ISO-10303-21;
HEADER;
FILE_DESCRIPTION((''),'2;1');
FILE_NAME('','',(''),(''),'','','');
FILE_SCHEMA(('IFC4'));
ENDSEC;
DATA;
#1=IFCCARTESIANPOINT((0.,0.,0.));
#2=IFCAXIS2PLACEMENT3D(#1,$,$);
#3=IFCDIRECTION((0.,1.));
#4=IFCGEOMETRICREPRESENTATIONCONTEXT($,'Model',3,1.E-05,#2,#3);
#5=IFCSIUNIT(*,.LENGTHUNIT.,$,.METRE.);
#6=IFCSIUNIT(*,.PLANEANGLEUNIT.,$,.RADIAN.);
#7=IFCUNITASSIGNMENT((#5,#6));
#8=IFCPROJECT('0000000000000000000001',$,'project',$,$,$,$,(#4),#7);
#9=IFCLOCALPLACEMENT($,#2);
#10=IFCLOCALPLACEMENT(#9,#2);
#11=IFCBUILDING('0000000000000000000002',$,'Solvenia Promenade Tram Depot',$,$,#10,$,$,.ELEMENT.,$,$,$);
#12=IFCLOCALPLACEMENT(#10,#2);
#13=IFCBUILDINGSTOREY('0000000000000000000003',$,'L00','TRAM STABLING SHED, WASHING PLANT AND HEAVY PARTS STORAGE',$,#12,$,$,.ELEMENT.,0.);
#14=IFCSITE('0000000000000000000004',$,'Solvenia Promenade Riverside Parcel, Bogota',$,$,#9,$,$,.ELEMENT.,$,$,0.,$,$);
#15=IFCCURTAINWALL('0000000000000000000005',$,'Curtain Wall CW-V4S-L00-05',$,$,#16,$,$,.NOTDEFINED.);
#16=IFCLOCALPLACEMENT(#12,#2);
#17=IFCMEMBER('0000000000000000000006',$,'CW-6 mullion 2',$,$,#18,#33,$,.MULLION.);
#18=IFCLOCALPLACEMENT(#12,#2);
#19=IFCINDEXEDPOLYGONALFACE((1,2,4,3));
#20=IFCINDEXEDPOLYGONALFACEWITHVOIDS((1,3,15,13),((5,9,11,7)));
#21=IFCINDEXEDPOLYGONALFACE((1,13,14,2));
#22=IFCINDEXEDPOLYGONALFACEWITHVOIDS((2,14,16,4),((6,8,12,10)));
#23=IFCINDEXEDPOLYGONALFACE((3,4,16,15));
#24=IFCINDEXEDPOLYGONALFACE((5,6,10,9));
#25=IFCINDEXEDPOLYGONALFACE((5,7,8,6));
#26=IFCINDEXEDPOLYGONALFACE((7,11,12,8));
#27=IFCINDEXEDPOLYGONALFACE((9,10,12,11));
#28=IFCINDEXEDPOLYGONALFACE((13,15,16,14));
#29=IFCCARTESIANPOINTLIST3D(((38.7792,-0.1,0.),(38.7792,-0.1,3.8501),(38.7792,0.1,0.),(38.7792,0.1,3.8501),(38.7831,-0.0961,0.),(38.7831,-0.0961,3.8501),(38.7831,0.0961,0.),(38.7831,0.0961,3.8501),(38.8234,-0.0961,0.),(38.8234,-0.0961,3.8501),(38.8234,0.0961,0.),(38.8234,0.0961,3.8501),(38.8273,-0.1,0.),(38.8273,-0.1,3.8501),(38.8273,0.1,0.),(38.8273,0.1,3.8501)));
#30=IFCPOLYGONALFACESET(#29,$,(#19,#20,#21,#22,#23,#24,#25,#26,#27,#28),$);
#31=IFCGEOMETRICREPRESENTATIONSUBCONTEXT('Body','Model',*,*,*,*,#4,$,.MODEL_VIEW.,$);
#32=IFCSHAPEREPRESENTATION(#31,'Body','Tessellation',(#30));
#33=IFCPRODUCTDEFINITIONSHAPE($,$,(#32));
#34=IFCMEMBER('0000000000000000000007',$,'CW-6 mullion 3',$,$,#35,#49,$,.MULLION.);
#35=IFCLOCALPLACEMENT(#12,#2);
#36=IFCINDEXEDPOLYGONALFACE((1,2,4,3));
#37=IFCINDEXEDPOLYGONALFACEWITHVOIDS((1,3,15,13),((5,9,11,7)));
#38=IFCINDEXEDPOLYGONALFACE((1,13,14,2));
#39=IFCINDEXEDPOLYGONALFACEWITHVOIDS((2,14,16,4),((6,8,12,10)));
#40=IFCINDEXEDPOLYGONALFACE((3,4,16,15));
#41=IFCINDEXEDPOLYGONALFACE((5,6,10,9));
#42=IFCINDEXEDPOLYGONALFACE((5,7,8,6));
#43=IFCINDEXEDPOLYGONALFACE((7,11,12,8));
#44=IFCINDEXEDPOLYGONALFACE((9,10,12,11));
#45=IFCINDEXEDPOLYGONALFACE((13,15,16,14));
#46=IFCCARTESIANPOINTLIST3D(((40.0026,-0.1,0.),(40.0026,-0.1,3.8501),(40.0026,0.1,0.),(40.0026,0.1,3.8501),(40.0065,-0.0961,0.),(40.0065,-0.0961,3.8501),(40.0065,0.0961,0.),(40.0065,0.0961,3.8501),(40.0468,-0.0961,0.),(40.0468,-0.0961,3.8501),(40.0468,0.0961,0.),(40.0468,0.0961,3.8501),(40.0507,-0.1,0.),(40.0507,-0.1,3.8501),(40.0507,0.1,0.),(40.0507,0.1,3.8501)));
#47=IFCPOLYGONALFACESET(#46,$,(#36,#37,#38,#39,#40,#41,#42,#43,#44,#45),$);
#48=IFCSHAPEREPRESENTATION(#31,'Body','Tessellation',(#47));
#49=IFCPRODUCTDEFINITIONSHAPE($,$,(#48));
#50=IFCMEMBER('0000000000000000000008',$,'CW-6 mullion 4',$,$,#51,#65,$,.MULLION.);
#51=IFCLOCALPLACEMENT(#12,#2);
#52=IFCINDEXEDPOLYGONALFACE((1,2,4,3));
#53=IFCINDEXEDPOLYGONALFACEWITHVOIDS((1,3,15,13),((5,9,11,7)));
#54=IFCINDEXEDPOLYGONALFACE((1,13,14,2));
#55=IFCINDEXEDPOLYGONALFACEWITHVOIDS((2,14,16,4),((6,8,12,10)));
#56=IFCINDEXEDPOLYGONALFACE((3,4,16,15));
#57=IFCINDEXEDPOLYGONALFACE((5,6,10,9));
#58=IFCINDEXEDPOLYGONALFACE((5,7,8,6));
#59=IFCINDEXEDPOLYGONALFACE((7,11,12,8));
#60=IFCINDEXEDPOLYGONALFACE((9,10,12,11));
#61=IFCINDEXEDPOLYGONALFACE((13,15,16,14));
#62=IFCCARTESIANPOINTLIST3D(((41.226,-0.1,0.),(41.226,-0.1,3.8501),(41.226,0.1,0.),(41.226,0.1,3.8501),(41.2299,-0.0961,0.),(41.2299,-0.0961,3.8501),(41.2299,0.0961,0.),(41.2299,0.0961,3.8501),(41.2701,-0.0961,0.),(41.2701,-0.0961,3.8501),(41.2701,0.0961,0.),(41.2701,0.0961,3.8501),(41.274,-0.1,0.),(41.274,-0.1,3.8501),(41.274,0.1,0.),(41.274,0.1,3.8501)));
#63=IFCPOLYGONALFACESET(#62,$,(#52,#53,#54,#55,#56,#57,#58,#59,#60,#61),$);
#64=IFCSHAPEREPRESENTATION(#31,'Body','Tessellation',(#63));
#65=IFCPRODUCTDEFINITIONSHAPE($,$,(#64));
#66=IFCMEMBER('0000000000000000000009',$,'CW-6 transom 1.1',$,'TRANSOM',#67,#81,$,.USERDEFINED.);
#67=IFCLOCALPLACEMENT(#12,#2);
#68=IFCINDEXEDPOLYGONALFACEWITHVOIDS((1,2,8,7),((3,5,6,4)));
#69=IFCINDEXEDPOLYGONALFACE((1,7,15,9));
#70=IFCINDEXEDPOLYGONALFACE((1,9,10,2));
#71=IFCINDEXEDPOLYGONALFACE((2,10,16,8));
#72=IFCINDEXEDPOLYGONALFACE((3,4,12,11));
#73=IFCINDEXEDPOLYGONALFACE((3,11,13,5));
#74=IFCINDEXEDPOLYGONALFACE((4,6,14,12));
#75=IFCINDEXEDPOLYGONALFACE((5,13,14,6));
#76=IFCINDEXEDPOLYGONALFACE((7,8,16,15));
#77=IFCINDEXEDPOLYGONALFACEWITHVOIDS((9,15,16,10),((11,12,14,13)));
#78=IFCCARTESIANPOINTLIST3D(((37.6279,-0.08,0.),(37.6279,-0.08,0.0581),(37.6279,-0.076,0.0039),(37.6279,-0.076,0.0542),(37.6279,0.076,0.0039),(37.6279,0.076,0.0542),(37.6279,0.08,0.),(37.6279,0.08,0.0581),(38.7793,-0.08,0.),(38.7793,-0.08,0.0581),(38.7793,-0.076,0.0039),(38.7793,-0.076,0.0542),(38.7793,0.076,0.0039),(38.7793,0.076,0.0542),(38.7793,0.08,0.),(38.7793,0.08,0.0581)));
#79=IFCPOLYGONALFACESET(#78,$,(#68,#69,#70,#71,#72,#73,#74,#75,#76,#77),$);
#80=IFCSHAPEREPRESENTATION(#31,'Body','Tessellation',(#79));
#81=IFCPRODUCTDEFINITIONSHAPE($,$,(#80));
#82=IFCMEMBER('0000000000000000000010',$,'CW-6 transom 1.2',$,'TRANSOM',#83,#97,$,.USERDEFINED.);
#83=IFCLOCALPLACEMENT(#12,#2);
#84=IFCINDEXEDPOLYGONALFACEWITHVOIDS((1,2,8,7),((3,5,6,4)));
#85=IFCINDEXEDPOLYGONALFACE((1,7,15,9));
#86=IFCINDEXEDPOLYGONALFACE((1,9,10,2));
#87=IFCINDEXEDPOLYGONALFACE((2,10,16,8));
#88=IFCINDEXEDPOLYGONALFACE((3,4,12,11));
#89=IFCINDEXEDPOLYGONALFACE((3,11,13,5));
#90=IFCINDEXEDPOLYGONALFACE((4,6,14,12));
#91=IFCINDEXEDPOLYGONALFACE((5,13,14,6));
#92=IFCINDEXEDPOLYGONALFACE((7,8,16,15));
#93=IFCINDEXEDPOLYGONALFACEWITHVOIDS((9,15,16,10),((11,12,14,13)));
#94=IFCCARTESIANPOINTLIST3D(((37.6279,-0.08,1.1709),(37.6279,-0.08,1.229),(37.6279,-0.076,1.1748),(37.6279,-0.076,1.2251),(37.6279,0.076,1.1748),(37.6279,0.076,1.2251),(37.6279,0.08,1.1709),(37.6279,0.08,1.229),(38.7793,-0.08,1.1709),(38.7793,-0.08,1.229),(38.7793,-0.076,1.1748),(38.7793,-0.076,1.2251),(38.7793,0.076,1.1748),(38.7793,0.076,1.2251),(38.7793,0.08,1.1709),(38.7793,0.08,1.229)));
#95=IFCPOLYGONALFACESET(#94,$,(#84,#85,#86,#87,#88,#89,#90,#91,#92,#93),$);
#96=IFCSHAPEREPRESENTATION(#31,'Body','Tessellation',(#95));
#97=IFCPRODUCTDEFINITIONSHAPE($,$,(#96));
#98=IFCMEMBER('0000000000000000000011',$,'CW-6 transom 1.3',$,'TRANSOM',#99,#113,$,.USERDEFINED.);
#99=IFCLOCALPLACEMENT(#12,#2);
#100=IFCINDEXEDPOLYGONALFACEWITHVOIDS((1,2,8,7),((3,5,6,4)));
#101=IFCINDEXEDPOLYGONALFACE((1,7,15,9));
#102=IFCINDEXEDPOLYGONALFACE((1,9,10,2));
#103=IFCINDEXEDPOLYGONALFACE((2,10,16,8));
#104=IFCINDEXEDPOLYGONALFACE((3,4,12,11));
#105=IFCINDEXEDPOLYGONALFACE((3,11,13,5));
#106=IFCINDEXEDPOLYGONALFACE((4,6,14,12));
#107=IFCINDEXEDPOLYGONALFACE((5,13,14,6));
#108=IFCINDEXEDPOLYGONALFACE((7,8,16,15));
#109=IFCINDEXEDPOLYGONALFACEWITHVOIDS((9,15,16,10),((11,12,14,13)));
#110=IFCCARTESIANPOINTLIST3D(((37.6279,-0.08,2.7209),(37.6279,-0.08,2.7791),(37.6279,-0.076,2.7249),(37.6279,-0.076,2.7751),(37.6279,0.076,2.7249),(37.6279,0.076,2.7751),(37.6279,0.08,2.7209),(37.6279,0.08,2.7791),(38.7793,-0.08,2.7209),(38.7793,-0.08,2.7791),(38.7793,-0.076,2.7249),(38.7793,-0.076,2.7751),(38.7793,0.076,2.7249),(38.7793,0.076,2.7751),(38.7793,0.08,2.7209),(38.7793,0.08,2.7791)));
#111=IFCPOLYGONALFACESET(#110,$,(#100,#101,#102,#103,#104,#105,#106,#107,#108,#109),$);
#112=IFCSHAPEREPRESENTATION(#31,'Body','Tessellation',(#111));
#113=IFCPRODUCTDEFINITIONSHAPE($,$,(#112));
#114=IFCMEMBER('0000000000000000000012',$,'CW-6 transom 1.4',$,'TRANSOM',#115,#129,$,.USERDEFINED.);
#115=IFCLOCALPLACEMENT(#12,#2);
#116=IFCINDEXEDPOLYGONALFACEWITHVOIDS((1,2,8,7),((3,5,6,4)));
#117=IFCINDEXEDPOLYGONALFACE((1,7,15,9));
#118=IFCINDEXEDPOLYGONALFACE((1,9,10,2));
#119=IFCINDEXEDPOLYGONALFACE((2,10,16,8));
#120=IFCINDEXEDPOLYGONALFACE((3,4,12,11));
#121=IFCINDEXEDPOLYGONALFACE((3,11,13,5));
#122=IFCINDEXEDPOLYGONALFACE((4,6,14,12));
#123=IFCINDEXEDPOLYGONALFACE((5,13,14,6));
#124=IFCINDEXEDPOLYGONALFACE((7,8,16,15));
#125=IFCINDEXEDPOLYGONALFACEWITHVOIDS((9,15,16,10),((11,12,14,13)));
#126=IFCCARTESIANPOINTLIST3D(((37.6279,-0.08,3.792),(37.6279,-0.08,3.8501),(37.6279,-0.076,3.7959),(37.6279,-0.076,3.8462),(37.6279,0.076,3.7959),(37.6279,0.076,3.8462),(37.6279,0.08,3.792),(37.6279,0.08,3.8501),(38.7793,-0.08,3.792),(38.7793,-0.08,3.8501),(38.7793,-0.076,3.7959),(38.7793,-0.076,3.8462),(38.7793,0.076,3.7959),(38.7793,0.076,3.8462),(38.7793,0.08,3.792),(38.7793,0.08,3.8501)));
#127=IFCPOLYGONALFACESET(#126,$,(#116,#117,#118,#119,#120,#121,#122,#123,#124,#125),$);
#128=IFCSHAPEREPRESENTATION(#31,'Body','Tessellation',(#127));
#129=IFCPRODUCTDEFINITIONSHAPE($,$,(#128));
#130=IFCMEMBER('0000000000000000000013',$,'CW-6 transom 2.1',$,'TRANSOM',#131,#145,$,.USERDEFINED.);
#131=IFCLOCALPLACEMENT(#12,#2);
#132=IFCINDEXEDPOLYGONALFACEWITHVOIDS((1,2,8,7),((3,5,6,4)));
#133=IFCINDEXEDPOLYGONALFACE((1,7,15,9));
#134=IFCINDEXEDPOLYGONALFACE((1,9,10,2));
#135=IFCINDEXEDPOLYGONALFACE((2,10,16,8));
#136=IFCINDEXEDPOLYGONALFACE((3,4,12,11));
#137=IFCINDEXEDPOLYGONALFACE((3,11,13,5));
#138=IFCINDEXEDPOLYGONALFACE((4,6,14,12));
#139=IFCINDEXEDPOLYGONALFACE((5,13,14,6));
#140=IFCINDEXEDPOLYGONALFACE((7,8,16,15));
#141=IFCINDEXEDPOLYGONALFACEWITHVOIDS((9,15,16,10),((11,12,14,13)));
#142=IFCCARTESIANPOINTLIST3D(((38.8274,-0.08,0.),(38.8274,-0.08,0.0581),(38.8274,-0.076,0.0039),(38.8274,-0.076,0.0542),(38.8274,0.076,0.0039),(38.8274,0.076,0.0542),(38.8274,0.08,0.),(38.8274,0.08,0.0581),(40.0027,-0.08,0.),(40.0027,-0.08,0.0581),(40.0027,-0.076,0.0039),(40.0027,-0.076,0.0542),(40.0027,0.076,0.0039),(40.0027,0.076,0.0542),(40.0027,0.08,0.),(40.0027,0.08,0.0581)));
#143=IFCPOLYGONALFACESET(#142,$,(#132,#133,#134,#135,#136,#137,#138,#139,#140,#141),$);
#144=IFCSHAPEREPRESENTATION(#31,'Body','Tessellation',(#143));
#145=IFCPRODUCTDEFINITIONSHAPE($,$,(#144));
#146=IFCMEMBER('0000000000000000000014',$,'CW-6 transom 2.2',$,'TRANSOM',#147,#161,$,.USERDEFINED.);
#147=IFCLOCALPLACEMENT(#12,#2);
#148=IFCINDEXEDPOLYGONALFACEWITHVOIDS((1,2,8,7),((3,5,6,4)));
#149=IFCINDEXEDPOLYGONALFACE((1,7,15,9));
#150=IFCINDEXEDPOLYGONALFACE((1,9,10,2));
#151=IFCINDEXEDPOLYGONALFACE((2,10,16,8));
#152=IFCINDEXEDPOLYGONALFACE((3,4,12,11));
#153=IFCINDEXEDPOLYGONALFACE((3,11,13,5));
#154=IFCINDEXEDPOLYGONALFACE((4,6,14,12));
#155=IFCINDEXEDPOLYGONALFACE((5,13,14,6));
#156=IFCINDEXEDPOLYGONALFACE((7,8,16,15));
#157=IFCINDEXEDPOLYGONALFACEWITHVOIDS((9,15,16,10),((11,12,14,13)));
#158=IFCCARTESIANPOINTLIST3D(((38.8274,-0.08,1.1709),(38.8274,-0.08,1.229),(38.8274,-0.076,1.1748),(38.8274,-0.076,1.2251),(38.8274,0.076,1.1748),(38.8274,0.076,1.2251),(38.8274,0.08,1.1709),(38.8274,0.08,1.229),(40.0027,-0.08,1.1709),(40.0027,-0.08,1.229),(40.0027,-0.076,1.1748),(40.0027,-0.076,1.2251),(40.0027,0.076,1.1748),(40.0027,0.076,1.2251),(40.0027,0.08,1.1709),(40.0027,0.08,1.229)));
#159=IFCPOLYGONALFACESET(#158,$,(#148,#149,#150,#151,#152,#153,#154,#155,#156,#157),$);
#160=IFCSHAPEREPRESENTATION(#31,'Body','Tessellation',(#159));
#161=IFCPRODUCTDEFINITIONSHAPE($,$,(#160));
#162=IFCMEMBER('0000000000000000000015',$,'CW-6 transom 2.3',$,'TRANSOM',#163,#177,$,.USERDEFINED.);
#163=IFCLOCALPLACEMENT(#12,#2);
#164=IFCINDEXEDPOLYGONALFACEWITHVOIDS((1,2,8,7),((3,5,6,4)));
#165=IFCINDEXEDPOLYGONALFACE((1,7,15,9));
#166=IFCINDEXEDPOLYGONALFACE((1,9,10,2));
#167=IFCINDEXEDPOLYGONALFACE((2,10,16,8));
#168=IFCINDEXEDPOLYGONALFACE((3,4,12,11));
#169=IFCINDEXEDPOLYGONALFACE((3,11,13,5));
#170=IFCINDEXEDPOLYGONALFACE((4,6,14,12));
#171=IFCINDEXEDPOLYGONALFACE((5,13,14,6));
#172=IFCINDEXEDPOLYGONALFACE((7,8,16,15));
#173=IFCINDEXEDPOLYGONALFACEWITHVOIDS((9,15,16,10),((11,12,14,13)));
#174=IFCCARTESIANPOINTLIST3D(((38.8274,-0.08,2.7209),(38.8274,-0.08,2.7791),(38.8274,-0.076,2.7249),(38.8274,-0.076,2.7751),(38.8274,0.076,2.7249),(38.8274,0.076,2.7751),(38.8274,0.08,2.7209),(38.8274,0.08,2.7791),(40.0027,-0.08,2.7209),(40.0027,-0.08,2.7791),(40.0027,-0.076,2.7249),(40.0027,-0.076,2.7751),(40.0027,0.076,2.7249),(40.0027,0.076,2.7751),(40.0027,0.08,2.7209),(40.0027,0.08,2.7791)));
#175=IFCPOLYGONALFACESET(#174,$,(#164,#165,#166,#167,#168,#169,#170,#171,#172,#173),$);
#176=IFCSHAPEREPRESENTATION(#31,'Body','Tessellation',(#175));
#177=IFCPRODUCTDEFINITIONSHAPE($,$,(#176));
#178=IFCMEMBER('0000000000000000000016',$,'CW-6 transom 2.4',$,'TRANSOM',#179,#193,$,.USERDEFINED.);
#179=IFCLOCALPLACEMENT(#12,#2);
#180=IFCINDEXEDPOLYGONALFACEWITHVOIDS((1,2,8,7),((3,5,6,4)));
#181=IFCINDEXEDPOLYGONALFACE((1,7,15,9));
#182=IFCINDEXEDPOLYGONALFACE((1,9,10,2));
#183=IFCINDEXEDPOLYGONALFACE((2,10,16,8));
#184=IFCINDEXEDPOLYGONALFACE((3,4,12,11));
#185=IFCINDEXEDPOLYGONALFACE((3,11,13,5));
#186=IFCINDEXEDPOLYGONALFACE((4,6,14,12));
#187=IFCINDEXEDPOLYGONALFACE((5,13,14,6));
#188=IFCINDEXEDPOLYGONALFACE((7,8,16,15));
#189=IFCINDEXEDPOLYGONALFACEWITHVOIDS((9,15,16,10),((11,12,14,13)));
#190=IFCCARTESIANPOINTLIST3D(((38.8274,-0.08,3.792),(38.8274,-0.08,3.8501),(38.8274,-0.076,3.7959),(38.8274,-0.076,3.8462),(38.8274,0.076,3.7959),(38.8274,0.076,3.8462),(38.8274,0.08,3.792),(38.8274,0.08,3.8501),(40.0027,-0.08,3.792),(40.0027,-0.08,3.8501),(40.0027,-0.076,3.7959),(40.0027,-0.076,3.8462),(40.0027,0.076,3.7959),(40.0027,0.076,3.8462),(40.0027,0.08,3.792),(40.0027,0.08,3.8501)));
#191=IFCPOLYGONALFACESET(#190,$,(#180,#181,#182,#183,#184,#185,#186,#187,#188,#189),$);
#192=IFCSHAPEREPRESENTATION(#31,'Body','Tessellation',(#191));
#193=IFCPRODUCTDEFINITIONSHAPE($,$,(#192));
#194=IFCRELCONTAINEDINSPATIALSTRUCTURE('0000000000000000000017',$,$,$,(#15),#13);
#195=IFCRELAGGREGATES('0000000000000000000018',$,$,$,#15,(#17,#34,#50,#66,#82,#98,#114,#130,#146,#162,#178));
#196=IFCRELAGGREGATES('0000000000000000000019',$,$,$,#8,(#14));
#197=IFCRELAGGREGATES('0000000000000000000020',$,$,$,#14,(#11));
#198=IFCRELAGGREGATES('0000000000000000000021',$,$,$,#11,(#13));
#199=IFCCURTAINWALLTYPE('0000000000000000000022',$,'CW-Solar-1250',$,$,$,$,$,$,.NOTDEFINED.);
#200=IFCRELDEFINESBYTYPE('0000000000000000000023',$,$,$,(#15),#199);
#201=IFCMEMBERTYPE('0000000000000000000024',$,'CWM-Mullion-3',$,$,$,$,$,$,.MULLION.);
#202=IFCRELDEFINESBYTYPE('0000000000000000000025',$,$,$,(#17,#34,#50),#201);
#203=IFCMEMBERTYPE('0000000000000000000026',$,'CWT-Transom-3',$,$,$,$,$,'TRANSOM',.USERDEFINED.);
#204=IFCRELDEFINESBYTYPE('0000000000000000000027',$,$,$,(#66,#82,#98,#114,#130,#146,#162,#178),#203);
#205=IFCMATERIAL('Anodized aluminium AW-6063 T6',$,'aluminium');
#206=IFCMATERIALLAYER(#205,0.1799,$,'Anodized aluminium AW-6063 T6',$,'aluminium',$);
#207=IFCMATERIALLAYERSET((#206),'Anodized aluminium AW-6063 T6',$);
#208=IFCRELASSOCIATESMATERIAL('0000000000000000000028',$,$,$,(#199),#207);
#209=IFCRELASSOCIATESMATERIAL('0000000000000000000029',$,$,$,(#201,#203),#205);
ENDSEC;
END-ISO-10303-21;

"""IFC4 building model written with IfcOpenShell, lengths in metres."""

from ifc_helpers import new_model, si_unit, direction, frame, origin, origin_2d, place, context, subcontext, project, spatial, hollow_rectangle, extrude, material, layer, layer_set, material_profile, profile_set, type_object, element, aggregate, save


model = new_model("IFC4")

# Units and contexts
model_context = context("Model", 3, precision=1e-05, world=origin(), true_north=direction((0.0, 1.0)))
body_context = subcontext(model_context, "Body", "Model", "MODEL_VIEW")
ifc_project = project(units=[si_unit("LENGTHUNIT", "METRE"), si_unit("PLANEANGLEUNIT", "RADIAN")], contexts=[model_context])

# Site, building, storey
site_placement = place(None, origin())
site = spatial("IfcSite", under=ifc_project, at=site_placement, Name="Solvenia Promenade Riverside Parcel, Bogota", CompositionType="ELEMENT", RefElevation=0.0)
building_placement = place(site_placement, origin())
building = spatial("IfcBuilding", under=site, at=building_placement, Name="Solvenia Promenade Tram Depot", CompositionType="ELEMENT")
storey_placement = place(building_placement, origin())
storey = spatial("IfcBuildingStorey", under=building, at=storey_placement, Name="L00", Description="TRAM STABLING SHED, WASHING PLANT AND HEAVY PARTS STORAGE", CompositionType="ELEMENT", Elevation=0.0)

# Curtain wall, members
ifc_material_1 = material(Name="Anodized aluminium AW-6063 T6", Category="aluminium")
ifc_layer_1 = layer(ifc_material_1, 0.1799, Name="Anodized aluminium AW-6063 T6", Category="aluminium")
ifc_layer_set_1 = layer_set([ifc_layer_1], Name="Anodized aluminium AW-6063 T6")
curtain_wall_type = type_object("IfcCurtainWallType", Name="CW-Solar-1250", PredefinedType="NOTDEFINED", material=ifc_layer_set_1)
curtain_wall_placement = place(storey_placement, origin())
curtain_wall = element("IfcCurtainWall", 1, at=curtain_wall_placement, inside=storey, type_object=curtain_wall_type, Name="Curtain Wall CW-V4S-L00-05", PredefinedType="NOTDEFINED")
ifc_material_profile_1 = material_profile(ifc_material_1, hollow_rectangle(XDim=0.2, YDim=0.0481, WallThickness=0.0039, at=origin_2d()), Name="ALU-M3", Category="aluminium")
ifc_profile_set_1 = profile_set([ifc_material_profile_1], Name="Anodized aluminium AW-6063 T6")
member_type_1 = type_object("IfcMemberType", Name="CWM-Mullion-3", PredefinedType="MULLION", material=ifc_profile_set_1)
member_1_placement = place(storey_placement, frame((38.8032, 0.0, 0.0), z_axis=(0.0, 0.0, 1.0), x_axis=(0.0, 1.0, 0.0)))
member_1 = element("IfcMember", 2, at=member_1_placement, type_object=member_type_1, Name="CW-6 mullion 2", PredefinedType="MULLION", context=body_context, shape_type="SweptSolid", body=[
    extrude(hollow_rectangle(XDim=0.2, YDim=0.0481, WallThickness=0.0039, at=origin_2d()), origin(), (0.0, 0.0, 1.0), 3.8501),
])
member_2_placement = place(storey_placement, frame((40.0266, 0.0, 0.0), z_axis=(0.0, 0.0, 1.0), x_axis=(0.0, 1.0, 0.0)))
member_2 = element("IfcMember", 3, at=member_2_placement, type_object=member_type_1, Name="CW-6 mullion 3", PredefinedType="MULLION", context=body_context, shape_type="SweptSolid", body=[
    extrude(hollow_rectangle(XDim=0.2, YDim=0.0481, WallThickness=0.0039, at=origin_2d()), origin(), (0.0, 0.0, 1.0), 3.8501),
])
member_3_placement = place(storey_placement, frame((41.25, 0.0, 0.0), z_axis=(0.0, 0.0, 1.0), x_axis=(0.0, 1.0, 0.0)))
member_3 = element("IfcMember", 4, at=member_3_placement, type_object=member_type_1, Name="CW-6 mullion 4", PredefinedType="MULLION", context=body_context, shape_type="SweptSolid", body=[
    extrude(hollow_rectangle(XDim=0.2, YDim=0.0481, WallThickness=0.0039, at=origin_2d()), origin(), (0.0, 0.0, 1.0), 3.8501),
])
ifc_material_profile_2 = material_profile(ifc_material_1, hollow_rectangle(XDim=0.1599, YDim=0.0581, WallThickness=0.0039, at=origin_2d()), Name="ALU-T3", Category="aluminium")
ifc_profile_set_2 = profile_set([ifc_material_profile_2], Name="Anodized aluminium AW-6063 T6")
member_type_2 = type_object("IfcMemberType", Name="CWT-Transom-3", ElementType="TRANSOM", PredefinedType="USERDEFINED", material=ifc_profile_set_2)
member_4_placement = place(storey_placement, frame((37.6279, 0.0, 0.0291), z_axis=(1.0, 0.0, 0.0), x_axis=(0.0, 1.0, 0.0)))
member_4 = element("IfcMember", 5, at=member_4_placement, type_object=member_type_2, Name="CW-6 transom 1.1", ObjectType="TRANSOM", PredefinedType="USERDEFINED", context=body_context, shape_type="SweptSolid", body=[
    extrude(hollow_rectangle(XDim=0.1599, YDim=0.0581, WallThickness=0.0039, at=origin_2d()), origin(), (0.0, 0.0, 1.0), 1.1514),
])
member_5_placement = place(storey_placement, frame((37.6279, 0.0, 1.2), z_axis=(1.0, 0.0, 0.0), x_axis=(0.0, 1.0, 0.0)))
member_5 = element("IfcMember", 6, at=member_5_placement, type_object=member_type_2, Name="CW-6 transom 1.2", ObjectType="TRANSOM", PredefinedType="USERDEFINED", context=body_context, shape_type="SweptSolid", body=[
    extrude(hollow_rectangle(XDim=0.1599, YDim=0.0581, WallThickness=0.0039, at=origin_2d()), origin(), (0.0, 0.0, 1.0), 1.1514),
])
member_6_placement = place(storey_placement, frame((37.6279, 0.0, 2.75), z_axis=(1.0, 0.0, 0.0), x_axis=(0.0, 1.0, 0.0)))
member_6 = element("IfcMember", 7, at=member_6_placement, type_object=member_type_2, Name="CW-6 transom 1.3", ObjectType="TRANSOM", PredefinedType="USERDEFINED", context=body_context, shape_type="SweptSolid", body=[
    extrude(hollow_rectangle(XDim=0.1599, YDim=0.0581, WallThickness=0.0039, at=origin_2d()), origin(), (0.0, 0.0, 1.0), 1.1514),
])
member_7_placement = place(storey_placement, frame((37.6279, 0.0, 3.821), z_axis=(1.0, 0.0, 0.0), x_axis=(0.0, 1.0, 0.0)))
member_7 = element("IfcMember", 8, at=member_7_placement, type_object=member_type_2, Name="CW-6 transom 1.4", ObjectType="TRANSOM", PredefinedType="USERDEFINED", context=body_context, shape_type="SweptSolid", body=[
    extrude(hollow_rectangle(XDim=0.1599, YDim=0.0581, WallThickness=0.0039, at=origin_2d()), origin(), (0.0, 0.0, 1.0), 1.1514),
])
member_8_placement = place(storey_placement, frame((38.8274, 0.0, 0.0291), z_axis=(1.0, 0.0, 0.0), x_axis=(0.0, 1.0, 0.0)))
member_8 = element("IfcMember", 9, at=member_8_placement, type_object=member_type_2, Name="CW-6 transom 2.1", ObjectType="TRANSOM", PredefinedType="USERDEFINED", context=body_context, shape_type="SweptSolid", body=[
    extrude(hollow_rectangle(XDim=0.1599, YDim=0.0581, WallThickness=0.0039, at=origin_2d()), origin(), (0.0, 0.0, 1.0), 1.1753),
])
member_9_placement = place(storey_placement, frame((38.8274, 0.0, 1.2), z_axis=(1.0, 0.0, 0.0), x_axis=(0.0, 1.0, 0.0)))
member_9 = element("IfcMember", 10, at=member_9_placement, type_object=member_type_2, Name="CW-6 transom 2.2", ObjectType="TRANSOM", PredefinedType="USERDEFINED", context=body_context, shape_type="SweptSolid", body=[
    extrude(hollow_rectangle(XDim=0.1599, YDim=0.0581, WallThickness=0.0039, at=origin_2d()), origin(), (0.0, 0.0, 1.0), 1.1753),
])
member_10_placement = place(storey_placement, frame((38.8274, 0.0, 2.75), z_axis=(1.0, 0.0, 0.0), x_axis=(0.0, 1.0, 0.0)))
member_10 = element("IfcMember", 11, at=member_10_placement, type_object=member_type_2, Name="CW-6 transom 2.3", ObjectType="TRANSOM", PredefinedType="USERDEFINED", context=body_context, shape_type="SweptSolid", body=[
    extrude(hollow_rectangle(XDim=0.1599, YDim=0.0581, WallThickness=0.0039, at=origin_2d()), origin(), (0.0, 0.0, 1.0), 1.1753),
])
member_11_placement = place(storey_placement, frame((38.8274, 0.0, 3.821), z_axis=(1.0, 0.0, 0.0), x_axis=(0.0, 1.0, 0.0)))
member_11 = element("IfcMember", 12, at=member_11_placement, type_object=member_type_2, Name="CW-6 transom 2.4", ObjectType="TRANSOM", PredefinedType="USERDEFINED", context=body_context, shape_type="SweptSolid", body=[
    extrude(hollow_rectangle(XDim=0.1599, YDim=0.0581, WallThickness=0.0039, at=origin_2d()), origin(), (0.0, 0.0, 1.0), 1.1753),
])
aggregate(curtain_wall, [member_1, member_2, member_3, member_4, member_5, member_6, member_7, member_8, member_9, member_10, member_11])

save(model, "model.ifc")
